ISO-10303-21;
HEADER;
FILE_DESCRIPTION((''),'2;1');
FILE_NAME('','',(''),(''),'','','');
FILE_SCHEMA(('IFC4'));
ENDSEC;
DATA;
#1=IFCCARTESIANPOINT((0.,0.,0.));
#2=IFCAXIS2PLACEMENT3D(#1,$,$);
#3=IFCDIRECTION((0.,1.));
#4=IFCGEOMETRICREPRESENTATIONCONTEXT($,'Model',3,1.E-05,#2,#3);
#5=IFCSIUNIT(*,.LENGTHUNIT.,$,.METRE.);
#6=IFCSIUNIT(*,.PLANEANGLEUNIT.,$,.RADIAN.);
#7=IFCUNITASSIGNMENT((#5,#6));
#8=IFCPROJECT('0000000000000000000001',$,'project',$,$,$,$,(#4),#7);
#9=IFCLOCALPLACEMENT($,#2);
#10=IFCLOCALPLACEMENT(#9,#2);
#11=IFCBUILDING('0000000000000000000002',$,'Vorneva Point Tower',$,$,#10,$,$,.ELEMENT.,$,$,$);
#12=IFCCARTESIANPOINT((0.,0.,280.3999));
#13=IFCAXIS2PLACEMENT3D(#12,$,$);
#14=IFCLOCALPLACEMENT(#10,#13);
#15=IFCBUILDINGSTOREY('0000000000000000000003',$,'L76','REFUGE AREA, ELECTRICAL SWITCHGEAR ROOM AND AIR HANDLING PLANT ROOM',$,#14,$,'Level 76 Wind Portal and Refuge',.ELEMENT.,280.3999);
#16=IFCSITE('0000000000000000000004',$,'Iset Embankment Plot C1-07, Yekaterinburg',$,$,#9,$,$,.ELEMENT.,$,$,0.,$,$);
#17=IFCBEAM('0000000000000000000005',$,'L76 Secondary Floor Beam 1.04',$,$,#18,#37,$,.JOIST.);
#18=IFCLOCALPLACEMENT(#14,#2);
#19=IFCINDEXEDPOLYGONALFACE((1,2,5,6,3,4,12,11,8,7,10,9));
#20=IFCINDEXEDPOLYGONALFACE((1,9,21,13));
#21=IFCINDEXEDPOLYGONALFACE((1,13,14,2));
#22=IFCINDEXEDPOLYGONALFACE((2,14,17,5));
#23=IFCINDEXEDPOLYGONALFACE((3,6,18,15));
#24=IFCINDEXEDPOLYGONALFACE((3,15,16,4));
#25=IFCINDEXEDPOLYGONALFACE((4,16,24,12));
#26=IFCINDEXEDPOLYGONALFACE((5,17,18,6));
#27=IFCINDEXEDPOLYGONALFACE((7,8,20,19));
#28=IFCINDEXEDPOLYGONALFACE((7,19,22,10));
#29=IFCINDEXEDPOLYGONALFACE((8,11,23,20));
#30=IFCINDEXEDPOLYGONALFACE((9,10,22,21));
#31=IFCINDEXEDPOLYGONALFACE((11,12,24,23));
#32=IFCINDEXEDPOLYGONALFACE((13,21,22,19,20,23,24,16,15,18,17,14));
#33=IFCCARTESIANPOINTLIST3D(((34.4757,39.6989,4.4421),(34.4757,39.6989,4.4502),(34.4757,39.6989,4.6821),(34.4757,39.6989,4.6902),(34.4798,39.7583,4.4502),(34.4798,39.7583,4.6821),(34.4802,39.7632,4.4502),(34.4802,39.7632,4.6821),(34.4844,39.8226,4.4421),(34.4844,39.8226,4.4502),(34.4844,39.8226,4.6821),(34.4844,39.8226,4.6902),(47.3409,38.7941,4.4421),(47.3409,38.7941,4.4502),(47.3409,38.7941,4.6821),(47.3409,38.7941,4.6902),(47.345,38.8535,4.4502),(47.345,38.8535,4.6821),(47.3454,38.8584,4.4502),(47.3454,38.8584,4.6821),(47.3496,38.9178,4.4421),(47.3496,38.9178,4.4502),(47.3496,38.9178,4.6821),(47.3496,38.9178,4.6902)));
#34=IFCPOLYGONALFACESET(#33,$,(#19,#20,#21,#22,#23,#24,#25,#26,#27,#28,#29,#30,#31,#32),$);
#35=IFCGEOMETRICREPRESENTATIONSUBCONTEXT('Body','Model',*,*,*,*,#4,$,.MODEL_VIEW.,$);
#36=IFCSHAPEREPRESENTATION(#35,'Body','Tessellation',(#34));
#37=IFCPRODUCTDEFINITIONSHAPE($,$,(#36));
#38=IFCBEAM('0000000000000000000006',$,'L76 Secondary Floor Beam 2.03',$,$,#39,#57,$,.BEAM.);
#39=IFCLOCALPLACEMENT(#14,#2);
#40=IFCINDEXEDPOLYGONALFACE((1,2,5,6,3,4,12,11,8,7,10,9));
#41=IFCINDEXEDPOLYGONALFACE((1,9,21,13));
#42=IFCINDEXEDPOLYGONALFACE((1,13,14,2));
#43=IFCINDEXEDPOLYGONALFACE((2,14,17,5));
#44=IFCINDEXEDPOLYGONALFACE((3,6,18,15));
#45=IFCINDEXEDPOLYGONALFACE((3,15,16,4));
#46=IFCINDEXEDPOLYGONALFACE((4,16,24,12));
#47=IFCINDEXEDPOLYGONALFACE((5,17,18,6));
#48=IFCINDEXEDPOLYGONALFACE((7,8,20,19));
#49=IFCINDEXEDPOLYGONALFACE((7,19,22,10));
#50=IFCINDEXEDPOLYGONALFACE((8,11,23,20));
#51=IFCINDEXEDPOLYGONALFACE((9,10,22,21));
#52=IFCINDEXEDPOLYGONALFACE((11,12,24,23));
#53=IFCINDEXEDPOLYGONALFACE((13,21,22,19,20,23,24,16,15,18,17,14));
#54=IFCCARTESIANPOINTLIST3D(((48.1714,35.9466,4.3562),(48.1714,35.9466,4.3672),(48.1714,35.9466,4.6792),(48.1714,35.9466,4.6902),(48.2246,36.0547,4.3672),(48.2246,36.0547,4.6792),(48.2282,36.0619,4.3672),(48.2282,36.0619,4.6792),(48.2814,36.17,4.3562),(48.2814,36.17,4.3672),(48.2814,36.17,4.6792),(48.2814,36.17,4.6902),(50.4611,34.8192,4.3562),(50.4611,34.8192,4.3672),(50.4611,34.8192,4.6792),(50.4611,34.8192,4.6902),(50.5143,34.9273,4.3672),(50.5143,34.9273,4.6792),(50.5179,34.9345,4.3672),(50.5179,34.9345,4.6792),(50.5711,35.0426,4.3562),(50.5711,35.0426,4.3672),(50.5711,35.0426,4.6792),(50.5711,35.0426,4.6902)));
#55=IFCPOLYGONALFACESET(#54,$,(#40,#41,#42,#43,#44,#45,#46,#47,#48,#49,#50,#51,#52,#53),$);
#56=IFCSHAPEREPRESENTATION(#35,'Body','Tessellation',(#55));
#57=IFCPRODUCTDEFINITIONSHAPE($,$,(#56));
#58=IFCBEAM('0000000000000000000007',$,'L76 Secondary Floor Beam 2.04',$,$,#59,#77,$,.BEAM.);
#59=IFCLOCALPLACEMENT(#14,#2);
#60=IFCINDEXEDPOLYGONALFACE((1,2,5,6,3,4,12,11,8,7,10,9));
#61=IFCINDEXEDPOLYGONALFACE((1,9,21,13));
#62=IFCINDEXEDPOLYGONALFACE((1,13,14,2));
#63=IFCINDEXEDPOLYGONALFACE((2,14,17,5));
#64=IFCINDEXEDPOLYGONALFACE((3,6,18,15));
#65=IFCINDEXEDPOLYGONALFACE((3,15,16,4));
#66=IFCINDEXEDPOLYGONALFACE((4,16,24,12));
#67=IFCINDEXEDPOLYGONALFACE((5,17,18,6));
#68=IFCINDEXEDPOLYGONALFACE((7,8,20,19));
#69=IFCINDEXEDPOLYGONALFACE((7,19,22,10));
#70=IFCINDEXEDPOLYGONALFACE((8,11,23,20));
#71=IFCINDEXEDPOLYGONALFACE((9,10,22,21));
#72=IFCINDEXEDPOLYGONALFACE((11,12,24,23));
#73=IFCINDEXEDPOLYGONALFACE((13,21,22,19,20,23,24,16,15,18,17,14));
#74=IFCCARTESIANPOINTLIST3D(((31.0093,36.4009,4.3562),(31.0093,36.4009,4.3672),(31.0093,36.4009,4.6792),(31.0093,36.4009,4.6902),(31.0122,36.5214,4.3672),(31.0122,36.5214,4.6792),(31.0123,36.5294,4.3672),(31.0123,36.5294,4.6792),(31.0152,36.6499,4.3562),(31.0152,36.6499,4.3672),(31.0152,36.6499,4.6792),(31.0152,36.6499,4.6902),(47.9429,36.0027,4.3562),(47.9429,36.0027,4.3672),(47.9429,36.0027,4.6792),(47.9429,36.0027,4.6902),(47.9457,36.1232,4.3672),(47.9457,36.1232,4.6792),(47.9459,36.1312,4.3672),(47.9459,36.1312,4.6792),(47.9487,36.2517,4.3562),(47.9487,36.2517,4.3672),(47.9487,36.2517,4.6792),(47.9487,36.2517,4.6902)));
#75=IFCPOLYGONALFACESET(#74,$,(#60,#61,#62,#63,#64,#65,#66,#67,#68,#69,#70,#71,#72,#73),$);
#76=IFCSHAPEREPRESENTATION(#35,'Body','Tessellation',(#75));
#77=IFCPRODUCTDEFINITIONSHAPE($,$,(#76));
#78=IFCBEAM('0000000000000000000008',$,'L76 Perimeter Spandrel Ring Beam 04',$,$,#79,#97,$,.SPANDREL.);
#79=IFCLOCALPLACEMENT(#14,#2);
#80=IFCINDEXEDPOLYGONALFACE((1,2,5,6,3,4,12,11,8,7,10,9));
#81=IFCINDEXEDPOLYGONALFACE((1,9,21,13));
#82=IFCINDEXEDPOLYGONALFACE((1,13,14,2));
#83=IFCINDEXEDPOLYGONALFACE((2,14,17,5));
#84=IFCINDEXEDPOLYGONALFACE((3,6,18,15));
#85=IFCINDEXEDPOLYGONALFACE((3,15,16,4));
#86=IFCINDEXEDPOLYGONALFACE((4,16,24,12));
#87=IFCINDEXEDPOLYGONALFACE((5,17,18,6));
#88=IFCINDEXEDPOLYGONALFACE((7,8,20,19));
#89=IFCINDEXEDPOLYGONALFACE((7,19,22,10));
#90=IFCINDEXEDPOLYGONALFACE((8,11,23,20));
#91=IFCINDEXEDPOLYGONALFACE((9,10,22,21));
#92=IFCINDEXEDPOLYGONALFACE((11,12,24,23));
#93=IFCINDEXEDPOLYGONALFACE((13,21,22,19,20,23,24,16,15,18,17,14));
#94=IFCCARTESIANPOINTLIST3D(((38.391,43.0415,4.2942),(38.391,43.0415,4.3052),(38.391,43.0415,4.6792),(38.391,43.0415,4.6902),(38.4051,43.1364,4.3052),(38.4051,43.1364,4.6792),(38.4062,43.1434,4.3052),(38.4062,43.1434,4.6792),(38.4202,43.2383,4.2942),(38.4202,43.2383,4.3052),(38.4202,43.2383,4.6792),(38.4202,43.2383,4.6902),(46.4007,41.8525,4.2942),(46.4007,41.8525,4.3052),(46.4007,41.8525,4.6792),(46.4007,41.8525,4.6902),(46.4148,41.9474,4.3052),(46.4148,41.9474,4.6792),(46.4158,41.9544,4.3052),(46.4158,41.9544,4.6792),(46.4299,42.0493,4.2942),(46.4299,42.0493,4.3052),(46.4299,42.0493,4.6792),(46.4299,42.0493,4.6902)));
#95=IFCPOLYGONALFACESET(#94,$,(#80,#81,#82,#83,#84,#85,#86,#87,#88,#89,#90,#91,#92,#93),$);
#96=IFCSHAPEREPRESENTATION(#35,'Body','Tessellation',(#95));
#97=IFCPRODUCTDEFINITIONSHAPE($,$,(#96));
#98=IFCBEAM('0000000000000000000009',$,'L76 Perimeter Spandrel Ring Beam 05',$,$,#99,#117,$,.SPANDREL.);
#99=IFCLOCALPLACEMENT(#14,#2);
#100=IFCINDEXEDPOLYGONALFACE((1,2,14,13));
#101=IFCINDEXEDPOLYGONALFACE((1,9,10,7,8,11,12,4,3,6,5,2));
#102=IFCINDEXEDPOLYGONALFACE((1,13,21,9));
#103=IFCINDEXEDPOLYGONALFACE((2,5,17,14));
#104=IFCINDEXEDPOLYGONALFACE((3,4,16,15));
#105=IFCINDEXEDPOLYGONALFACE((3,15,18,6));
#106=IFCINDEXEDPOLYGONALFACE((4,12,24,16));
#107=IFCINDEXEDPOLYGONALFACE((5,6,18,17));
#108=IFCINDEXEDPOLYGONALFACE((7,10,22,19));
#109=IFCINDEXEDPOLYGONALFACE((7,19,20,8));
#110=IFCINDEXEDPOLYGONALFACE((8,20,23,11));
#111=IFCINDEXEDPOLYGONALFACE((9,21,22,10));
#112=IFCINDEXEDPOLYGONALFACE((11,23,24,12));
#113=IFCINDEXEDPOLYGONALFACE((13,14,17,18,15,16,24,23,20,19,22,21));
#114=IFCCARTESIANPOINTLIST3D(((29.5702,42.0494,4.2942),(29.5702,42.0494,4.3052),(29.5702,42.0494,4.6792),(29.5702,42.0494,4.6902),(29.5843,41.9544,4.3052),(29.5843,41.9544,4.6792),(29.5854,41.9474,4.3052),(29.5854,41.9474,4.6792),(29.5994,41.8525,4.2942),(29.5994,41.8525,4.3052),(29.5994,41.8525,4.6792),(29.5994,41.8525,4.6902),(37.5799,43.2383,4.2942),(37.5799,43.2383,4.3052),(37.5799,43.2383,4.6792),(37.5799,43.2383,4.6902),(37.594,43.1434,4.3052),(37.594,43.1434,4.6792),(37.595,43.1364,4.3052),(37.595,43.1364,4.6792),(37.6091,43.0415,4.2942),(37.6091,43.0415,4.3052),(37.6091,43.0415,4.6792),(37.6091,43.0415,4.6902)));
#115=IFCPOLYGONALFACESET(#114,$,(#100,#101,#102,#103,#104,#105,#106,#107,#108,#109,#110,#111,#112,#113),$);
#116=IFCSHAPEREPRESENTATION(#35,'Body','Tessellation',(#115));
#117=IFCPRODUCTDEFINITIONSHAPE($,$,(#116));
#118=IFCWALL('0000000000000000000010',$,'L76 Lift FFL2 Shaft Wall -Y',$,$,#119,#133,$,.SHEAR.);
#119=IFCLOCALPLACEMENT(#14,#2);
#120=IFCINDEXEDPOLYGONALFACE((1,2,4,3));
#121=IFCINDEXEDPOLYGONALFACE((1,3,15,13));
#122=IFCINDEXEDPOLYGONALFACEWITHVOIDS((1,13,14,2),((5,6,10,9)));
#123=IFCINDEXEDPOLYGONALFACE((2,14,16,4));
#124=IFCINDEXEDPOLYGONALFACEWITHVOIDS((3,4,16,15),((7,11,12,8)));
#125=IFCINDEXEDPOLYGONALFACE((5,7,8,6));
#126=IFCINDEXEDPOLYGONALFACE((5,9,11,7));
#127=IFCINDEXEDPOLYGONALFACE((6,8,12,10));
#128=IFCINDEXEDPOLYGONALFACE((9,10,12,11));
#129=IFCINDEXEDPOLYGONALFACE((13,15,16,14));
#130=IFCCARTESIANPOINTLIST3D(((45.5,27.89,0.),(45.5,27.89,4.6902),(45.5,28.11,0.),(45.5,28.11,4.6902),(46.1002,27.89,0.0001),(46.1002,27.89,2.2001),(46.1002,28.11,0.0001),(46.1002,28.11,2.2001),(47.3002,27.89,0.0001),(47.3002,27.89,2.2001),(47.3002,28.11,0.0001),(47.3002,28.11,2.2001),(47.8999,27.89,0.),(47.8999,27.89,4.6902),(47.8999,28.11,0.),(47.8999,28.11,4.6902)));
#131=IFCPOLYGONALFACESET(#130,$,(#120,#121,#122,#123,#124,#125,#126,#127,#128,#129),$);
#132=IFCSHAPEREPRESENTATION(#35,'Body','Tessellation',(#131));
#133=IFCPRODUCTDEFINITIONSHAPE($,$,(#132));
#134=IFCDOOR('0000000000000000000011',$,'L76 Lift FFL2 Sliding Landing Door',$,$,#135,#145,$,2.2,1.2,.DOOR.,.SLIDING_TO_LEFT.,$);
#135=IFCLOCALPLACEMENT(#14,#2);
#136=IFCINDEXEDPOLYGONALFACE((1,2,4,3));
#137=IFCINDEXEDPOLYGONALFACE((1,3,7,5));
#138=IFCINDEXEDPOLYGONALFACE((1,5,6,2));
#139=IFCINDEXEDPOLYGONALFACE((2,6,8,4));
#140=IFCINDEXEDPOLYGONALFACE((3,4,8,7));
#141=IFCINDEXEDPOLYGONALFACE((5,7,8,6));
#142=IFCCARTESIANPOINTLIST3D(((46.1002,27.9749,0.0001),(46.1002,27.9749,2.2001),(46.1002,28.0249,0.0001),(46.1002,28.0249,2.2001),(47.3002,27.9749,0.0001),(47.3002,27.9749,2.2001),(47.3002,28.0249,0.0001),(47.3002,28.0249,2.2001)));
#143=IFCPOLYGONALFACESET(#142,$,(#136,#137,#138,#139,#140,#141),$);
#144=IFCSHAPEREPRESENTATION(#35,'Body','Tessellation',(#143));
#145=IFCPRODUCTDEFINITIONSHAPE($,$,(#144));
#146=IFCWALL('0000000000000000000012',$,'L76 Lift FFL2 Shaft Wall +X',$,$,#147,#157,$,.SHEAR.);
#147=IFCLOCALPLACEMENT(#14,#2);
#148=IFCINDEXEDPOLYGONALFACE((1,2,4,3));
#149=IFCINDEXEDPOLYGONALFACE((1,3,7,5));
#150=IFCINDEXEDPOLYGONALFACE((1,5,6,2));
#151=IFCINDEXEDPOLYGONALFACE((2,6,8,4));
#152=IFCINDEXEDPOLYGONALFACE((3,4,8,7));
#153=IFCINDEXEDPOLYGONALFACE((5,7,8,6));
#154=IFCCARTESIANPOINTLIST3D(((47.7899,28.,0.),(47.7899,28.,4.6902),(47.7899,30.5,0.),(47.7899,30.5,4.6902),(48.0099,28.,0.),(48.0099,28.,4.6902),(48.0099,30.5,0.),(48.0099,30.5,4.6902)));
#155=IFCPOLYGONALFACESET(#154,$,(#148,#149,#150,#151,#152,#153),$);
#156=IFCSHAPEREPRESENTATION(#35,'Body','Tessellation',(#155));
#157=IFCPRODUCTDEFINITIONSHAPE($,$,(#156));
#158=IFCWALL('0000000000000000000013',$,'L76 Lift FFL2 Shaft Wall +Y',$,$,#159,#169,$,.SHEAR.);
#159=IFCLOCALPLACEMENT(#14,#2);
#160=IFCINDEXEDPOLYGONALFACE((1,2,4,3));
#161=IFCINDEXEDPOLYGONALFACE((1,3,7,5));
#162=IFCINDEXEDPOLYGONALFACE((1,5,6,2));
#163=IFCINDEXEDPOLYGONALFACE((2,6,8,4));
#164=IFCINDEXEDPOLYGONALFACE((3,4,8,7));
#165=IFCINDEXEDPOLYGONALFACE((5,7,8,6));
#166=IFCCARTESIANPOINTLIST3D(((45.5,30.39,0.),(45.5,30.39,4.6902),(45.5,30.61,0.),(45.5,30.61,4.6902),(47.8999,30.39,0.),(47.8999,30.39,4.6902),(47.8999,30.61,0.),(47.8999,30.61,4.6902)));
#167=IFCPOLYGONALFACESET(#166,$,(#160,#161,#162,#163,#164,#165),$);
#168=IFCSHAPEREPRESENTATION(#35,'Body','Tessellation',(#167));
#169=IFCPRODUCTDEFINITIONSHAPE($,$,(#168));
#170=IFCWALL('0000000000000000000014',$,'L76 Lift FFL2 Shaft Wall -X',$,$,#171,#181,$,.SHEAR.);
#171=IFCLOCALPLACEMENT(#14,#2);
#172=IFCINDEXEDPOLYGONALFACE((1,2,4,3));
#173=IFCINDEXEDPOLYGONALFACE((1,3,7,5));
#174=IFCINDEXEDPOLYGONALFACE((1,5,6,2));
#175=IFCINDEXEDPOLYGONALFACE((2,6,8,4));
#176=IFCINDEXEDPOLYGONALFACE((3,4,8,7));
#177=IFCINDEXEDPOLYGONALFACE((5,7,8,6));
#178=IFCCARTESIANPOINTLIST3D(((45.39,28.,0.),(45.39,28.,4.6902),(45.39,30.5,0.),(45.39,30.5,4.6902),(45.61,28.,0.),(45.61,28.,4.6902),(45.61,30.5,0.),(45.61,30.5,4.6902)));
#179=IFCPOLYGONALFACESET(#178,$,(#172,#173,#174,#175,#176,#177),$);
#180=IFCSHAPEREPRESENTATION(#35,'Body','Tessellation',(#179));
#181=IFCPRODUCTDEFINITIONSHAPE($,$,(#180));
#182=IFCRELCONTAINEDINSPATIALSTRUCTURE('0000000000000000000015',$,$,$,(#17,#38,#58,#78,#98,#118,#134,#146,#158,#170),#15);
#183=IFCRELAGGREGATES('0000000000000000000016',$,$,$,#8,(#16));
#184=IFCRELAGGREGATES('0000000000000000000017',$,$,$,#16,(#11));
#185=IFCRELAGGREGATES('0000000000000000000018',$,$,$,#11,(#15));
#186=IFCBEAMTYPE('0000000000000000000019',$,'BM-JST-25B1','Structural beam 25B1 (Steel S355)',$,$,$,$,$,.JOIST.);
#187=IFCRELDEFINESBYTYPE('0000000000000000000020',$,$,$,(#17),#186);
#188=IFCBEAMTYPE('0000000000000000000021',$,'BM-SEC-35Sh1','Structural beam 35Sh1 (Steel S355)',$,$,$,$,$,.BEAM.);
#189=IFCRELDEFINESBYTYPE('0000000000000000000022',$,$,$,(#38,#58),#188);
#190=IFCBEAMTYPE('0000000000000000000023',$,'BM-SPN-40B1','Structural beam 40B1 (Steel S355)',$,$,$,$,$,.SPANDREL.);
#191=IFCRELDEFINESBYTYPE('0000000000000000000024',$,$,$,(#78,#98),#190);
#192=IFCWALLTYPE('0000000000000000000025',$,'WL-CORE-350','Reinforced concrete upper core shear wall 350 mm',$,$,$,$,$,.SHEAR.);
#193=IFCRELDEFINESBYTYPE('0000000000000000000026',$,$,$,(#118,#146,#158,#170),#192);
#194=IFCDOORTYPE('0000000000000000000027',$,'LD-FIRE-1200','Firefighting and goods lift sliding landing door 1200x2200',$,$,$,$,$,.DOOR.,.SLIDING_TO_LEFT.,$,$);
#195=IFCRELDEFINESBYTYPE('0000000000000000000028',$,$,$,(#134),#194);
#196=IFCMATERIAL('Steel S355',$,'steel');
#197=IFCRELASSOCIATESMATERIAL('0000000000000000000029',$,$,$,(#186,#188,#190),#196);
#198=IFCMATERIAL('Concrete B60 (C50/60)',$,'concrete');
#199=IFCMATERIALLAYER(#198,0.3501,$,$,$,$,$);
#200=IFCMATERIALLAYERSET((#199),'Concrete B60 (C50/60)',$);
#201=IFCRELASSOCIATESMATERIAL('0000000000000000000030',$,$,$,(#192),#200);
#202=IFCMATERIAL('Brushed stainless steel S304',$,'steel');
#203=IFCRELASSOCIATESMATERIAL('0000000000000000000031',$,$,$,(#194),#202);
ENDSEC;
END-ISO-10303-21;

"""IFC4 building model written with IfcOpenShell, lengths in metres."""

from ifc_helpers import new_model, si_unit, direction, frame, frame_2d, origin, origin_2d, place, context, subcontext, project, spatial, rectangle, i_section, extrude, material, layer, layer_set, material_profile, profile_set, type_object, element, fill, save


model = new_model("IFC4")

# Units and contexts
model_context = context("Model", 3, precision=1e-05, world=origin(), true_north=direction((0.0, 1.0)))
body_context = subcontext(model_context, "Body", "Model", "MODEL_VIEW")
ifc_project = project(units=[si_unit("LENGTHUNIT", "METRE"), si_unit("PLANEANGLEUNIT", "RADIAN")], contexts=[model_context])

# Site, building, storey
site_placement = place(None, origin())
site = spatial("IfcSite", under=ifc_project, at=site_placement, Name="Iset Embankment Plot C1-07, Yekaterinburg", CompositionType="ELEMENT", RefElevation=0.0)
building_placement = place(site_placement, origin())
building = spatial("IfcBuilding", under=site, at=building_placement, Name="Vorneva Point Tower", CompositionType="ELEMENT")
storey_placement = place(building_placement, frame((0.0, 0.0, 280.3999)))
storey = spatial("IfcBuildingStorey", under=building, at=storey_placement, Name="L76", Description="REFUGE AREA, ELECTRICAL SWITCHGEAR ROOM AND AIR HANDLING PLANT ROOM", LongName="Level 76 Wind Portal and Refuge", CompositionType="ELEMENT", Elevation=280.3999)

# Beams
ifc_material_1 = material(Name="Steel S355", Category="steel")
ifc_material_profile_1 = material_profile(ifc_material_1, i_section(OverallWidth=0.124, OverallDepth=0.248, WebThickness=0.0049, FlangeThickness=0.0081, at=origin_2d()), Name="25B1")
ifc_profile_set_1 = profile_set([ifc_material_profile_1], Name="Steel S355")
beam_type_1 = type_object("IfcBeamType", Name="BM-JST-25B1", Description="Structural beam 25B1 (Steel S355)", PredefinedType="JOIST", material=ifc_profile_set_1)
beam_1_placement = place(storey_placement, frame((47.3452, 38.856, 4.5662), z_axis=(-0.997536, 0.070155, 0.0), x_axis=(-0.070155, -0.997536, 0.0)))
element("IfcBeam", 1, at=beam_1_placement, inside=storey, type_object=beam_type_1, Name="L76 Secondary Floor Beam 1.04", PredefinedType="JOIST", context=body_context, shape_type="SweptSolid", body=[
    extrude(i_section(OverallWidth=0.124, OverallDepth=0.248, WebThickness=0.0049, FlangeThickness=0.0081, at=origin_2d()), origin(), (0.0, 0.0, 1.0), 12.897),
])
ifc_material_profile_2 = material_profile(ifc_material_1, i_section(OverallWidth=0.249, OverallDepth=0.334, WebThickness=0.0081, FlangeThickness=0.011, at=origin_2d()), Name="35Sh1")
ifc_profile_set_2 = profile_set([ifc_material_profile_2], Name="Steel S355")
beam_type_2 = type_object("IfcBeamType", Name="BM-SEC-35Sh1", Description="Structural beam 35Sh1 (Steel S355)", PredefinedType="BEAM", material=ifc_profile_set_2)
beam_2_placement = place(storey_placement, frame((50.5161, 34.9309, 4.5232), z_axis=(-0.897146, 0.441734, 0.0), x_axis=(-0.441734, -0.897146, 0.0)))
element("IfcBeam", 2, at=beam_2_placement, inside=storey, type_object=beam_type_2, Name="L76 Secondary Floor Beam 2.03", PredefinedType="BEAM", context=body_context, shape_type="SweptSolid", body=[
    extrude(i_section(OverallWidth=0.249, OverallDepth=0.334, WebThickness=0.0081, FlangeThickness=0.011, at=origin_2d()), origin(), (0.0, 0.0, 1.0), 2.5522),
])
beam_3_placement = place(storey_placement, frame((47.9458, 36.1272, 4.5232), z_axis=(-0.999724, 0.023508, 0.0), x_axis=(-0.023508, -0.999724, 0.0)))
element("IfcBeam", 3, at=beam_3_placement, inside=storey, type_object=beam_type_2, Name="L76 Secondary Floor Beam 2.04", PredefinedType="BEAM", context=body_context, shape_type="SweptSolid", body=[
    extrude(i_section(OverallWidth=0.249, OverallDepth=0.334, WebThickness=0.0081, FlangeThickness=0.011, at=origin_2d()), origin(), (0.0, 0.0, 1.0), 16.9382),
])
ifc_material_profile_3 = material_profile(ifc_material_1, i_section(OverallWidth=0.199, OverallDepth=0.396, WebThickness=0.0071, FlangeThickness=0.011, at=origin_2d()), Name="40B1")
ifc_profile_set_3 = profile_set([ifc_material_profile_3], Name="Steel S355")
beam_type_3 = type_object("IfcBeamType", Name="BM-SPN-40B1", Description="Structural beam 40B1 (Steel S355)", PredefinedType="SPANDREL", material=ifc_profile_set_3)
for number, where, z_axis, x_axis, name in (
    (4, (46.4153, 41.9509, 4.4922), (-0.989162, 0.146831, 0.0), (-0.146831, -0.989162, 0.0), "L76 Perimeter Spandrel Ring Beam 04"),
    (5, (37.5945, 43.1399, 4.4922), (-0.989162, -0.146831, 0.0), (0.146831, -0.989162, 0.0), "L76 Perimeter Spandrel Ring Beam 05"),
):
    element("IfcBeam", number, at=place(storey_placement, frame(where, z_axis=z_axis, x_axis=x_axis)), inside=storey, type_object=beam_type_3, Name=name, PredefinedType="SPANDREL", context=body_context, shape_type="SweptSolid", body=[
        extrude(i_section(OverallWidth=0.199, OverallDepth=0.396, WebThickness=0.0071, FlangeThickness=0.011, at=origin_2d()), origin(), (0.0, 0.0, 1.0), 8.0974),
    ])

# Wall, opening, door
ifc_material_2 = material(Name="Concrete B60 (C50/60)", Category="concrete")
ifc_layer_1 = layer(ifc_material_2, 0.3501)
ifc_layer_set_1 = layer_set([ifc_layer_1], Name="Concrete B60 (C50/60)")
wall_type_1 = type_object("IfcWallType", Name="WL-CORE-350", Description="Reinforced concrete upper core shear wall 350 mm", PredefinedType="SHEAR", material=ifc_layer_set_1)
wall_1_placement = place(storey_placement, frame((45.5, 28.0, 0.0), z_axis=(0.0, 0.0, 1.0), x_axis=(1.0, 0.0, 0.0)))
wall_1 = element("IfcWall", 6, at=wall_1_placement, inside=storey, type_object=wall_type_1, Name="L76 Lift FFL2 Shaft Wall -Y", PredefinedType="SHEAR", context=body_context, shape_type="SweptSolid", body=[
    extrude(rectangle(XDim=2.3999, YDim=0.22, at=frame_2d((1.2, 0.0))), origin(), (0.0, 0.0, 1.0), 4.6902),
])
opening_placement = place(wall_1_placement, frame((0.6001, 0.0, 0.0)))
opening = element("IfcOpeningElement", 7, at=opening_placement, cuts=wall_1, PredefinedType="OPENING", context=body_context, shape_type="SweptSolid", body=[
    extrude(rectangle(XDim=1.2, YDim=2.2, at=frame_2d((0.6001, 1.1001))), frame((0.0, 0.125, 0.0), z_axis=(0.0, -1.0, 0.0), x_axis=(1.0, 0.0, 0.0)), (0.0, 0.0, 1.0), 0.2498),
])
ifc_material_3 = material(Name="Brushed stainless steel S304", Category="steel")
door_type = type_object("IfcDoorType", Name="LD-FIRE-1200", Description="Firefighting and goods lift sliding landing door 1200x2200", OperationType="SLIDING_TO_LEFT", PredefinedType="DOOR", material=ifc_material_3)
door_placement = place(opening_placement, origin())
door = element("IfcDoor", 8, at=door_placement, inside=storey, type_object=door_type, Name="L76 Lift FFL2 Sliding Landing Door", OperationType="SLIDING_TO_LEFT", OverallHeight=2.2, OverallWidth=1.2, PredefinedType="DOOR", context=body_context, shape_type="SweptSolid", body=[
    extrude(rectangle(XDim=1.2, YDim=2.2, at=frame_2d((0.6001, 1.1001))), frame((0.0, 0.0249, 0.0), z_axis=(0.0, -1.0, 0.0), x_axis=(1.0, 0.0, 0.0)), (0.0, 0.0, 1.0), 0.05),
])
fill(opening, door)

# Walls
wall_2_placement = place(storey_placement, frame((47.8999, 28.0, 0.0), z_axis=(0.0, 0.0, 1.0), x_axis=(0.0, 1.0, 0.0)))
element("IfcWall", 9, at=wall_2_placement, inside=storey, type_object=wall_type_1, Name="L76 Lift FFL2 Shaft Wall +X", PredefinedType="SHEAR", context=body_context, shape_type="SweptSolid", body=[
    extrude(rectangle(XDim=2.5, YDim=0.22, at=frame_2d((1.25, 0.0))), origin(), (0.0, 0.0, 1.0), 4.6902),
])
wall_3_placement = place(storey_placement, frame((47.8999, 30.5, 0.0), z_axis=(0.0, 0.0, 1.0), x_axis=(-1.0, 0.0, 0.0)))
element("IfcWall", 10, at=wall_3_placement, inside=storey, type_object=wall_type_1, Name="L76 Lift FFL2 Shaft Wall +Y", PredefinedType="SHEAR", context=body_context, shape_type="SweptSolid", body=[
    extrude(rectangle(XDim=2.3999, YDim=0.22, at=frame_2d((1.2, 0.0))), origin(), (0.0, 0.0, 1.0), 4.6902),
])
wall_4_placement = place(storey_placement, frame((45.5, 30.5, 0.0), z_axis=(0.0, 0.0, 1.0), x_axis=(0.0, -1.0, 0.0)))
element("IfcWall", 11, at=wall_4_placement, inside=storey, type_object=wall_type_1, Name="L76 Lift FFL2 Shaft Wall -X", PredefinedType="SHEAR", context=body_context, shape_type="SweptSolid", body=[
    extrude(rectangle(XDim=2.5, YDim=0.22, at=frame_2d((1.25, 0.0))), origin(), (0.0, 0.0, 1.0), 4.6902),
])

save(model, "model.ifc")
